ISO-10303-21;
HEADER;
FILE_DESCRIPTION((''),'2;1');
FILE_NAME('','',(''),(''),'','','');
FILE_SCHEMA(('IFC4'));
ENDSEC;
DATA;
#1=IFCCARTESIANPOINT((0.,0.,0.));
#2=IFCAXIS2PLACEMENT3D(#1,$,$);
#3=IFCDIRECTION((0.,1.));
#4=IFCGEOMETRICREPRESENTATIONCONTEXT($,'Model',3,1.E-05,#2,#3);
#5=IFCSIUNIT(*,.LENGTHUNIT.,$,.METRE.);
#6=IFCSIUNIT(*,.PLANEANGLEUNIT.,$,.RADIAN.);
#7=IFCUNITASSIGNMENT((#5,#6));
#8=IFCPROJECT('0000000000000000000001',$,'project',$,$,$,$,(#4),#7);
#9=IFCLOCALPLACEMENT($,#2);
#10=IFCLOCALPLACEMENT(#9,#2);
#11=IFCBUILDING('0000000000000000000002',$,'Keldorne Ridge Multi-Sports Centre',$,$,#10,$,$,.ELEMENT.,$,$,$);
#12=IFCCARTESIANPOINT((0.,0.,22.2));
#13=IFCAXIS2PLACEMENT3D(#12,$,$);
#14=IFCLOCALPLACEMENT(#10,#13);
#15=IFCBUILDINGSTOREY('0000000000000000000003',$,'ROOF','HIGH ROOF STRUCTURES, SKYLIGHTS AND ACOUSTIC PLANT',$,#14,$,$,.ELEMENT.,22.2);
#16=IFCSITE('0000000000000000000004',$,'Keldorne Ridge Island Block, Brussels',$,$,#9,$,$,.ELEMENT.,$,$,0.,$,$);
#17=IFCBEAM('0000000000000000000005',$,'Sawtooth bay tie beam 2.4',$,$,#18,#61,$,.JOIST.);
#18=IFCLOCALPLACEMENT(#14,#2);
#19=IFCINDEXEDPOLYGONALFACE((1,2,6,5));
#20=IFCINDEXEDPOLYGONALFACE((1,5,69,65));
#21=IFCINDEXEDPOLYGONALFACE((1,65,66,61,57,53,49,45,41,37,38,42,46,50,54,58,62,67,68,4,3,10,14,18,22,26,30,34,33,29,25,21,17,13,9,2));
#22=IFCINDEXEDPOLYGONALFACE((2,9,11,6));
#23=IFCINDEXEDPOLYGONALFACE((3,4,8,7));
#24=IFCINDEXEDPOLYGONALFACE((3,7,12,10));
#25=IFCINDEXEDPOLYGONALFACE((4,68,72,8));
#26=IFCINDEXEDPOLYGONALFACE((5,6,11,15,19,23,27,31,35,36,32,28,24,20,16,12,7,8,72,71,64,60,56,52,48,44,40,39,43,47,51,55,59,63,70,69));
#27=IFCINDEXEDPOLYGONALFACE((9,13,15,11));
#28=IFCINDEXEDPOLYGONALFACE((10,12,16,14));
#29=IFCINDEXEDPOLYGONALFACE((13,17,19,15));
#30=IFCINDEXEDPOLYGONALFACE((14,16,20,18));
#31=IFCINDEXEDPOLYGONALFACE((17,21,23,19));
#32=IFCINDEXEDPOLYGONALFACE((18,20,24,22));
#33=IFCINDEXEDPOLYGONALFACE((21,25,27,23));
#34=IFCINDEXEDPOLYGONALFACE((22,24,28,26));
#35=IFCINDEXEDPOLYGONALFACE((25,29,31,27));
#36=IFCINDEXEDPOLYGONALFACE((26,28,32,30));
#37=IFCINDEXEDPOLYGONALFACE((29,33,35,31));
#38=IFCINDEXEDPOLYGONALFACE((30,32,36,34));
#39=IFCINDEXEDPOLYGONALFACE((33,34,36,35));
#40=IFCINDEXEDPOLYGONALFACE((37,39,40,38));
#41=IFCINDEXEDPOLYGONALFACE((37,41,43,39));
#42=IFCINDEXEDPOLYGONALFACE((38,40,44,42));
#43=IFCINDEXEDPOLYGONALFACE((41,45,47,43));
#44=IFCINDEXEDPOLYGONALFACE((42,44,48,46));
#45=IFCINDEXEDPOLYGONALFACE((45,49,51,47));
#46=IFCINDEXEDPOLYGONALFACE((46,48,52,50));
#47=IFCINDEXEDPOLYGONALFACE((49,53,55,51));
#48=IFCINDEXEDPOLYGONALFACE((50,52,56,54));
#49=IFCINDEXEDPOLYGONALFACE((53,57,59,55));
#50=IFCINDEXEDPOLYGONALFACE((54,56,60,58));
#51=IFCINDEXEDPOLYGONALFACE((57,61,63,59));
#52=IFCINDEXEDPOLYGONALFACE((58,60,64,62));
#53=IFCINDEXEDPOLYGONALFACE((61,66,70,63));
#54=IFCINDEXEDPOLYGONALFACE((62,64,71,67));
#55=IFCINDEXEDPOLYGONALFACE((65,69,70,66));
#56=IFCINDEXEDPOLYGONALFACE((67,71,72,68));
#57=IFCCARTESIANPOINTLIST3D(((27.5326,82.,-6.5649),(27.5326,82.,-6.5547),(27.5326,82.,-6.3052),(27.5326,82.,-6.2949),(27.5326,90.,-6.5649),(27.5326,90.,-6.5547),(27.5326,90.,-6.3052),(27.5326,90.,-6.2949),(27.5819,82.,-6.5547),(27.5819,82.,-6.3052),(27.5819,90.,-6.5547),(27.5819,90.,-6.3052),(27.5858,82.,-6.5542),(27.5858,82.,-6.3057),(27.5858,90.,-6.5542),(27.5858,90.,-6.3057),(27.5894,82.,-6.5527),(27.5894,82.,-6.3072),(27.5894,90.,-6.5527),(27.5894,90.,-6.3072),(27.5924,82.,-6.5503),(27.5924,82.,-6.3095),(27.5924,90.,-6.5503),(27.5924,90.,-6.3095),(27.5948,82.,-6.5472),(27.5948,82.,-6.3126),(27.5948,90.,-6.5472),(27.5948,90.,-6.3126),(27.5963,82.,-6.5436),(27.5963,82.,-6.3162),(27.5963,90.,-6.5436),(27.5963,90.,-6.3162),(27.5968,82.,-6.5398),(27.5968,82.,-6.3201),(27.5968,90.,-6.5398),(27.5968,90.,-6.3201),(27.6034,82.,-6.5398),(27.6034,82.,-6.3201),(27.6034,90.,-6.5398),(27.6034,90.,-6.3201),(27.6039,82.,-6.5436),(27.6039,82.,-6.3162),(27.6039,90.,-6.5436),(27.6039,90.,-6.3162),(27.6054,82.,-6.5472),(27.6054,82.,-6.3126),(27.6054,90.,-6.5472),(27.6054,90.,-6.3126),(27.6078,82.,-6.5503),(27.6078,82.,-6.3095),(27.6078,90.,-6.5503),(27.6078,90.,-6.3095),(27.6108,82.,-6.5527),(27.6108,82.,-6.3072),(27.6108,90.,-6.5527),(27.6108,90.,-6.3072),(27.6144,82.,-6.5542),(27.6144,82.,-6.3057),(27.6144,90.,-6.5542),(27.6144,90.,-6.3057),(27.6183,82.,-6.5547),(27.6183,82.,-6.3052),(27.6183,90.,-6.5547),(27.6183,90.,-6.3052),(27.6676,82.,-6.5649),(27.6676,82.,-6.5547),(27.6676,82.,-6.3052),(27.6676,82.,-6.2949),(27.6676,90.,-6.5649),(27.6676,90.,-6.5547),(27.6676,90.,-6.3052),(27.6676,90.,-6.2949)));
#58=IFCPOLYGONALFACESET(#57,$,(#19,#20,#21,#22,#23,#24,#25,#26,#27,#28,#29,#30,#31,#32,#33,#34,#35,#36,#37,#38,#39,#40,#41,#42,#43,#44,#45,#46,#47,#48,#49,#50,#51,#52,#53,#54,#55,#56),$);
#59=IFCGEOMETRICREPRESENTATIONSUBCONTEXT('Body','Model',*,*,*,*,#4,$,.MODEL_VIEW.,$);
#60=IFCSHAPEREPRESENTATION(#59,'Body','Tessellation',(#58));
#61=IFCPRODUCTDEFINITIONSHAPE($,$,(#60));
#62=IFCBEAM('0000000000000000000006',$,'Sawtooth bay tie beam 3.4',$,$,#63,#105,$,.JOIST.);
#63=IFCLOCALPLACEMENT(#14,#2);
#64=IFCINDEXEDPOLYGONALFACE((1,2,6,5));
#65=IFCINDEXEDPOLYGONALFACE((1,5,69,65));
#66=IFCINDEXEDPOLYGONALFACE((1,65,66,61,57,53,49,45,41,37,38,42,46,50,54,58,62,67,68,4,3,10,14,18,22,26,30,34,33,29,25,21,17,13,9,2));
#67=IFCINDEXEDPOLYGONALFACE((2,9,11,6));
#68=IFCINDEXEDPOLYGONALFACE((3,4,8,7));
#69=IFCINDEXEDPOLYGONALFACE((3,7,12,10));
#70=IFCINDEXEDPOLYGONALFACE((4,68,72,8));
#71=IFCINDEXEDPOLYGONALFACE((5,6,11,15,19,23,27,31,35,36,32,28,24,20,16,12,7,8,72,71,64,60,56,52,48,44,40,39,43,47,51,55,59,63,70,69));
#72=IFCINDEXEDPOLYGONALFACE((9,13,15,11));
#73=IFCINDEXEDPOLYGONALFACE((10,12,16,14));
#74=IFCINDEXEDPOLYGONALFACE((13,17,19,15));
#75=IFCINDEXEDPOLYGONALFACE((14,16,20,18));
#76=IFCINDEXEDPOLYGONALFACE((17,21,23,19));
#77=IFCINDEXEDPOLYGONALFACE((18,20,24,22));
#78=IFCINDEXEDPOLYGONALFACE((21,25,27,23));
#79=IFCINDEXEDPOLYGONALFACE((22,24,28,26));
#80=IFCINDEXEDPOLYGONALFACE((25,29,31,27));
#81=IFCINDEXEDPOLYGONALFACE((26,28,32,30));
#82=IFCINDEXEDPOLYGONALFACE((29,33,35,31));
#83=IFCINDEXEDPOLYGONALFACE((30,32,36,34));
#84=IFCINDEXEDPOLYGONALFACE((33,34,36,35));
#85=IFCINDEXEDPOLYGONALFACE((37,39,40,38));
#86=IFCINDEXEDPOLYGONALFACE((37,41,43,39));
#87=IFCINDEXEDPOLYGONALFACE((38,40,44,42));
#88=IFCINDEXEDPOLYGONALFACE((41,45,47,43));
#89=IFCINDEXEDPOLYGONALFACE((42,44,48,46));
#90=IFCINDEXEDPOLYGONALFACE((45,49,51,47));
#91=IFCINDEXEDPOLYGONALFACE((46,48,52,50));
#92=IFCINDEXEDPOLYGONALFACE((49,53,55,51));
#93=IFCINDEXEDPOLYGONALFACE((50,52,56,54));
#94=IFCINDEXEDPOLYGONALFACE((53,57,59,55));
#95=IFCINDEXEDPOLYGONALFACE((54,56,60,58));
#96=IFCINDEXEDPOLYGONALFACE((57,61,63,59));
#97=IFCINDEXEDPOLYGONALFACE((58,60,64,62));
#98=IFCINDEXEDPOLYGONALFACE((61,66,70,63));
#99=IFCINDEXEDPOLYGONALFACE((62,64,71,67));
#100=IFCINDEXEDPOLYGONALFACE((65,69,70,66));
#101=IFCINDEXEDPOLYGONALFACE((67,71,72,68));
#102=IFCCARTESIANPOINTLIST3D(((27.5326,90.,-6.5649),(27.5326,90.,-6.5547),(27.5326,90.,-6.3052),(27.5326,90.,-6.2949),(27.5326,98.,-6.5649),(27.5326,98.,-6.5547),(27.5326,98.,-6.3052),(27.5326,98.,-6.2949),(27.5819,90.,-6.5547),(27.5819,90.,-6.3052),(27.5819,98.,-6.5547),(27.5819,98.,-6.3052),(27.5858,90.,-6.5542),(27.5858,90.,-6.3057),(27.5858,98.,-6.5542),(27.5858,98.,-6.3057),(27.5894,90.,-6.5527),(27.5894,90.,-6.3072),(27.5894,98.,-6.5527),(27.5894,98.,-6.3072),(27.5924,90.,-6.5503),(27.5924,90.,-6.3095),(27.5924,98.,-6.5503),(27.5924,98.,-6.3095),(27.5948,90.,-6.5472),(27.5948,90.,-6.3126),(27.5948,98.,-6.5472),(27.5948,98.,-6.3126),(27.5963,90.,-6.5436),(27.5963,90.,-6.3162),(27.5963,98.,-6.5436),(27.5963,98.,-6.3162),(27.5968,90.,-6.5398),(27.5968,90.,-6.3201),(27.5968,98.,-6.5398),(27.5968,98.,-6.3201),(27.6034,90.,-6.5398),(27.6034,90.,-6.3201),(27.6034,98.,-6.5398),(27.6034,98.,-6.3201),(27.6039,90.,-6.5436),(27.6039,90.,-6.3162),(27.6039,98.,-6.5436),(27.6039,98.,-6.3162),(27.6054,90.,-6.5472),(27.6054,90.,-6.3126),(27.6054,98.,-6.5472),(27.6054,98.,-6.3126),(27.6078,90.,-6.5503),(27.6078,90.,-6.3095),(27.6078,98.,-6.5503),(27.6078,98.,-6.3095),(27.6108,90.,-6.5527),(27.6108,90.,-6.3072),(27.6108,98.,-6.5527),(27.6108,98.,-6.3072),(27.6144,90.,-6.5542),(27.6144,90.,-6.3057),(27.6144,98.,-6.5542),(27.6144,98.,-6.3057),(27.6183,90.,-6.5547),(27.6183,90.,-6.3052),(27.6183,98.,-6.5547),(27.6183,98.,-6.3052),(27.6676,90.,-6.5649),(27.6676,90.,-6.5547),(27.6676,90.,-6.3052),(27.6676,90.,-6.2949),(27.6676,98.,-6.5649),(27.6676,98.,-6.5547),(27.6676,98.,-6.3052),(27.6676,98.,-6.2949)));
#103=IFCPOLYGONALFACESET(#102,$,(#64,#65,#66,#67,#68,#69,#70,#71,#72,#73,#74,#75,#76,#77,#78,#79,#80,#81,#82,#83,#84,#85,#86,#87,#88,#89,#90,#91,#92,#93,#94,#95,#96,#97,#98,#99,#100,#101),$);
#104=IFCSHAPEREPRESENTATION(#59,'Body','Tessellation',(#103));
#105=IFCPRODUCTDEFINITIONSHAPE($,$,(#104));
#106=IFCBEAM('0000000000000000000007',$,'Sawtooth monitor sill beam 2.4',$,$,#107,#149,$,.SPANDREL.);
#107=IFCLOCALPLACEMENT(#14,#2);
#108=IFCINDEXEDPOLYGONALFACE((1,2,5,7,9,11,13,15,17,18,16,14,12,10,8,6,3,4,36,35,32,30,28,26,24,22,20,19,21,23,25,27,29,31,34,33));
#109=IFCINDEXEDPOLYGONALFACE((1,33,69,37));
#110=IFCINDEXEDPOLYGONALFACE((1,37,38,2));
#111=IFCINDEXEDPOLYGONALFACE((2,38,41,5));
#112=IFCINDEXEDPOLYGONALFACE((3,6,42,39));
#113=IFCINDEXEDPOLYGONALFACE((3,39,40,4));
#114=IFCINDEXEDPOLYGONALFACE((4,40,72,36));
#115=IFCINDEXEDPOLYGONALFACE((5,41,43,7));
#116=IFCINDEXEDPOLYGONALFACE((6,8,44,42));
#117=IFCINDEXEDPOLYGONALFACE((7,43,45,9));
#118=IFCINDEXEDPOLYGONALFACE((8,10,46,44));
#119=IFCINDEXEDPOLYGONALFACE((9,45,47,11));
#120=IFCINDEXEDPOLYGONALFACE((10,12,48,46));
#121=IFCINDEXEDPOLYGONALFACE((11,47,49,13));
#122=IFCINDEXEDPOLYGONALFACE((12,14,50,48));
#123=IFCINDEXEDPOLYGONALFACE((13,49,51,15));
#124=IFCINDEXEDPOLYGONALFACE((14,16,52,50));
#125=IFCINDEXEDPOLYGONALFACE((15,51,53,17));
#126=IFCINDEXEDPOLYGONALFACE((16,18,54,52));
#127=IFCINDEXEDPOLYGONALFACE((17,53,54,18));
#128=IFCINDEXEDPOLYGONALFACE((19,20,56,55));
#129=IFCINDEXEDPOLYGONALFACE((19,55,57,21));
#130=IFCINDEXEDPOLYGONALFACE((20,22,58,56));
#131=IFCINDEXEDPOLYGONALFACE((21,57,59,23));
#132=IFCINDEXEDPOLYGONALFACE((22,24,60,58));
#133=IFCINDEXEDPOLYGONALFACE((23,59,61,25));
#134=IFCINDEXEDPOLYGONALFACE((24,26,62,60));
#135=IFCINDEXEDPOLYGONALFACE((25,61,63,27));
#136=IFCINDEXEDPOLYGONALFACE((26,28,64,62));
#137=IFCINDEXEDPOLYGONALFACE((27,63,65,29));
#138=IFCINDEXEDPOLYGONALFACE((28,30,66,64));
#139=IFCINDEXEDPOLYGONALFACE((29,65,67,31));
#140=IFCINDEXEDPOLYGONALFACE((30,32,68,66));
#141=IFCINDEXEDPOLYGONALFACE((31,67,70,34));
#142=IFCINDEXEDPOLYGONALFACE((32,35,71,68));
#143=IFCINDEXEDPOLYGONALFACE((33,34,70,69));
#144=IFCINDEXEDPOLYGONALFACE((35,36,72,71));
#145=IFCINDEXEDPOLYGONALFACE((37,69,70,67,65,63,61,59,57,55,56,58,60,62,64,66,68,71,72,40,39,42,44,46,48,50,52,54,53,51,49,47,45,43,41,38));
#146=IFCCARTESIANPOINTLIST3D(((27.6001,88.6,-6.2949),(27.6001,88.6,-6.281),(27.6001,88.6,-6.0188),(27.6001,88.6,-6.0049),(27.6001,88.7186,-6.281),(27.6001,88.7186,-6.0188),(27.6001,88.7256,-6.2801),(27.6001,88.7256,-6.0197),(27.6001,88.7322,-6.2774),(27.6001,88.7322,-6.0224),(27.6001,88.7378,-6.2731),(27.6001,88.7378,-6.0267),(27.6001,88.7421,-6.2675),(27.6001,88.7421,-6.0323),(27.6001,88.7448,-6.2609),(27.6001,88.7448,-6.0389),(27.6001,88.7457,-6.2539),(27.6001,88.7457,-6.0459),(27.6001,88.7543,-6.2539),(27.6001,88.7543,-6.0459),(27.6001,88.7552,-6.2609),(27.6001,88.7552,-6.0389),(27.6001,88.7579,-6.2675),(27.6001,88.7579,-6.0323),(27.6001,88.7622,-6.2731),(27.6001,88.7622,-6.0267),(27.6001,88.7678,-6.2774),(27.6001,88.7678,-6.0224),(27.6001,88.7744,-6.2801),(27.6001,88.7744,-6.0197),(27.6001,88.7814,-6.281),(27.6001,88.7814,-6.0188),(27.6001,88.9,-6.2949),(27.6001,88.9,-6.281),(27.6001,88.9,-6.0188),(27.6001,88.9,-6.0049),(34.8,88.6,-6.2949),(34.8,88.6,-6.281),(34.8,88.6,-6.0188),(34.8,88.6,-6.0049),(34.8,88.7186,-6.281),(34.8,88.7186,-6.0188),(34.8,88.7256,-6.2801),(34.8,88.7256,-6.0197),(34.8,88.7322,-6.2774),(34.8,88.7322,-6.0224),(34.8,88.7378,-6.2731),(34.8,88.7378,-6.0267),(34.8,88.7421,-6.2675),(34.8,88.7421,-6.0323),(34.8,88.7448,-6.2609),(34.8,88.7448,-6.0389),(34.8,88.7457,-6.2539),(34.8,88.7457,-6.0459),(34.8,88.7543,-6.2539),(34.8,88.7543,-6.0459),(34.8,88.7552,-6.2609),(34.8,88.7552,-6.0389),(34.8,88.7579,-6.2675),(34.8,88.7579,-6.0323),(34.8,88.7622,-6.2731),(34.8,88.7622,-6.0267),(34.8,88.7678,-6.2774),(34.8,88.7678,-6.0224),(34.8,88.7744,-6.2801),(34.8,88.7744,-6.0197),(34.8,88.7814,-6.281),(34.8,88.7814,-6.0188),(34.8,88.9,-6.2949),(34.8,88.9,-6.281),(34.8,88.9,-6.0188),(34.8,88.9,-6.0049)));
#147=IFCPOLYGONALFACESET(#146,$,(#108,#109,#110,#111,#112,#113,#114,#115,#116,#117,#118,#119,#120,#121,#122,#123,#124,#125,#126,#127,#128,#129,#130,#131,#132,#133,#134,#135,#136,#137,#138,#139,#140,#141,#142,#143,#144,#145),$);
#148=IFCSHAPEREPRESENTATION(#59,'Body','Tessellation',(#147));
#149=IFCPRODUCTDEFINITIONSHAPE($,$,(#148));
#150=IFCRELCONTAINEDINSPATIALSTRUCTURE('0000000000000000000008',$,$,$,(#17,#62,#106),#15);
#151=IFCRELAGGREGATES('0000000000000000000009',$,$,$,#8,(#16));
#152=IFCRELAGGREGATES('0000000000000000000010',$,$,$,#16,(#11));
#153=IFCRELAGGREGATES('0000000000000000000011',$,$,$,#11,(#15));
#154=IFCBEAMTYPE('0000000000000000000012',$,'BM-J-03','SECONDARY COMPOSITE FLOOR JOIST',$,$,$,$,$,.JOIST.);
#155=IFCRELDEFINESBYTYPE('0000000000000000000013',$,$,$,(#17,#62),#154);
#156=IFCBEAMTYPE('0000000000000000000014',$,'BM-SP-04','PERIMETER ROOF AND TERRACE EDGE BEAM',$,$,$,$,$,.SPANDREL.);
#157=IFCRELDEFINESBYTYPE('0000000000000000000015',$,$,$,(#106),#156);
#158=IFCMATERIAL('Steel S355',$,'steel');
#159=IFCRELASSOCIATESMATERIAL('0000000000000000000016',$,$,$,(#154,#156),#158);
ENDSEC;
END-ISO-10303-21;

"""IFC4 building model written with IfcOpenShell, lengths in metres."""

from ifc_helpers import new_model, si_unit, direction, frame, origin, origin_2d, place, context, subcontext, project, spatial, i_section, extrude, material, material_profile, profile_set, type_object, element, save


model = new_model("IFC4")

# Units and contexts
model_context = context("Model", 3, precision=1e-05, world=origin(), true_north=direction((0.0, 1.0)))
body_context = subcontext(model_context, "Body", "Model", "MODEL_VIEW")
ifc_project = project(units=[si_unit("LENGTHUNIT", "METRE"), si_unit("PLANEANGLEUNIT", "RADIAN")], contexts=[model_context])

# Site, building, storey
site_placement = place(None, origin())
site = spatial("IfcSite", under=ifc_project, at=site_placement, Name="Keldorne Ridge Island Block, Brussels", CompositionType="ELEMENT", RefElevation=0.0)
building_placement = place(site_placement, origin())
building = spatial("IfcBuilding", under=site, at=building_placement, Name="Keldorne Ridge Multi-Sports Centre", CompositionType="ELEMENT")
storey_placement = place(building_placement, frame((0.0, 0.0, 22.2)))
storey = spatial("IfcBuildingStorey", under=building, at=storey_placement, Name="ROOF", Description="HIGH ROOF STRUCTURES, SKYLIGHTS AND ACOUSTIC PLANT", CompositionType="ELEMENT", Elevation=22.2)

# Beams
ifc_material_1 = material(Name="Steel S355", Category="steel")
ifc_material_profile_1 = material_profile(ifc_material_1, i_section(OverallWidth=0.135, OverallDepth=0.27, WebThickness=0.0066, FlangeThickness=0.0103, FilletRadius=0.0149, at=origin_2d()), Name="IPE 270")
ifc_profile_set_1 = profile_set([ifc_material_profile_1], Name="Steel S355")
beam_type_1 = type_object("IfcBeamType", Name="BM-J-03", Description="SECONDARY COMPOSITE FLOOR JOIST", PredefinedType="JOIST", material=ifc_profile_set_1)
for number, where, z_axis, x_axis, name in (
    (1, (27.6001, 82.0, -6.4299), (0.0, 1.0, 0.0), (-1.0, 0.0, 0.0), "Sawtooth bay tie beam 2.4"),
    (2, (27.6001, 90.0, -6.4299), (0.0, 1.0, 0.0), (-1.0, 0.0, 0.0), "Sawtooth bay tie beam 3.4"),
):
    element("IfcBeam", number, at=place(storey_placement, frame(where, z_axis=z_axis, x_axis=x_axis)), inside=storey, type_object=beam_type_1, Name=name, PredefinedType="JOIST", context=body_context, shape_type="SweptSolid", body=[
        extrude(i_section(OverallWidth=0.135, OverallDepth=0.27, WebThickness=0.0066, FlangeThickness=0.0103, FilletRadius=0.0149, at=origin_2d()), origin(), (0.0, 0.0, 1.0), 8.0),
    ])
ifc_material_profile_2 = material_profile(ifc_material_1, i_section(OverallWidth=0.3, OverallDepth=0.29, WebThickness=0.0085, FlangeThickness=0.0139, FilletRadius=0.0271, at=origin_2d()), Name="HEA 300")
ifc_profile_set_2 = profile_set([ifc_material_profile_2], Name="Steel S355")
beam_type_2 = type_object("IfcBeamType", Name="BM-SP-04", Description="PERIMETER ROOF AND TERRACE EDGE BEAM", PredefinedType="SPANDREL", material=ifc_profile_set_2)
beam_placement = place(storey_placement, frame((27.6001, 88.75, -6.1499), z_axis=(1.0, 0.0, 0.0), x_axis=(0.0, 1.0, 0.0)))
element("IfcBeam", 3, at=beam_placement, inside=storey, type_object=beam_type_2, Name="Sawtooth monitor sill beam 2.4", PredefinedType="SPANDREL", context=body_context, shape_type="SweptSolid", body=[
    extrude(i_section(OverallWidth=0.3, OverallDepth=0.29, WebThickness=0.0085, FlangeThickness=0.0139, FilletRadius=0.0271, at=origin_2d()), origin(), (0.0, 0.0, 1.0), 7.2),
])

save(model, "model.ifc")
